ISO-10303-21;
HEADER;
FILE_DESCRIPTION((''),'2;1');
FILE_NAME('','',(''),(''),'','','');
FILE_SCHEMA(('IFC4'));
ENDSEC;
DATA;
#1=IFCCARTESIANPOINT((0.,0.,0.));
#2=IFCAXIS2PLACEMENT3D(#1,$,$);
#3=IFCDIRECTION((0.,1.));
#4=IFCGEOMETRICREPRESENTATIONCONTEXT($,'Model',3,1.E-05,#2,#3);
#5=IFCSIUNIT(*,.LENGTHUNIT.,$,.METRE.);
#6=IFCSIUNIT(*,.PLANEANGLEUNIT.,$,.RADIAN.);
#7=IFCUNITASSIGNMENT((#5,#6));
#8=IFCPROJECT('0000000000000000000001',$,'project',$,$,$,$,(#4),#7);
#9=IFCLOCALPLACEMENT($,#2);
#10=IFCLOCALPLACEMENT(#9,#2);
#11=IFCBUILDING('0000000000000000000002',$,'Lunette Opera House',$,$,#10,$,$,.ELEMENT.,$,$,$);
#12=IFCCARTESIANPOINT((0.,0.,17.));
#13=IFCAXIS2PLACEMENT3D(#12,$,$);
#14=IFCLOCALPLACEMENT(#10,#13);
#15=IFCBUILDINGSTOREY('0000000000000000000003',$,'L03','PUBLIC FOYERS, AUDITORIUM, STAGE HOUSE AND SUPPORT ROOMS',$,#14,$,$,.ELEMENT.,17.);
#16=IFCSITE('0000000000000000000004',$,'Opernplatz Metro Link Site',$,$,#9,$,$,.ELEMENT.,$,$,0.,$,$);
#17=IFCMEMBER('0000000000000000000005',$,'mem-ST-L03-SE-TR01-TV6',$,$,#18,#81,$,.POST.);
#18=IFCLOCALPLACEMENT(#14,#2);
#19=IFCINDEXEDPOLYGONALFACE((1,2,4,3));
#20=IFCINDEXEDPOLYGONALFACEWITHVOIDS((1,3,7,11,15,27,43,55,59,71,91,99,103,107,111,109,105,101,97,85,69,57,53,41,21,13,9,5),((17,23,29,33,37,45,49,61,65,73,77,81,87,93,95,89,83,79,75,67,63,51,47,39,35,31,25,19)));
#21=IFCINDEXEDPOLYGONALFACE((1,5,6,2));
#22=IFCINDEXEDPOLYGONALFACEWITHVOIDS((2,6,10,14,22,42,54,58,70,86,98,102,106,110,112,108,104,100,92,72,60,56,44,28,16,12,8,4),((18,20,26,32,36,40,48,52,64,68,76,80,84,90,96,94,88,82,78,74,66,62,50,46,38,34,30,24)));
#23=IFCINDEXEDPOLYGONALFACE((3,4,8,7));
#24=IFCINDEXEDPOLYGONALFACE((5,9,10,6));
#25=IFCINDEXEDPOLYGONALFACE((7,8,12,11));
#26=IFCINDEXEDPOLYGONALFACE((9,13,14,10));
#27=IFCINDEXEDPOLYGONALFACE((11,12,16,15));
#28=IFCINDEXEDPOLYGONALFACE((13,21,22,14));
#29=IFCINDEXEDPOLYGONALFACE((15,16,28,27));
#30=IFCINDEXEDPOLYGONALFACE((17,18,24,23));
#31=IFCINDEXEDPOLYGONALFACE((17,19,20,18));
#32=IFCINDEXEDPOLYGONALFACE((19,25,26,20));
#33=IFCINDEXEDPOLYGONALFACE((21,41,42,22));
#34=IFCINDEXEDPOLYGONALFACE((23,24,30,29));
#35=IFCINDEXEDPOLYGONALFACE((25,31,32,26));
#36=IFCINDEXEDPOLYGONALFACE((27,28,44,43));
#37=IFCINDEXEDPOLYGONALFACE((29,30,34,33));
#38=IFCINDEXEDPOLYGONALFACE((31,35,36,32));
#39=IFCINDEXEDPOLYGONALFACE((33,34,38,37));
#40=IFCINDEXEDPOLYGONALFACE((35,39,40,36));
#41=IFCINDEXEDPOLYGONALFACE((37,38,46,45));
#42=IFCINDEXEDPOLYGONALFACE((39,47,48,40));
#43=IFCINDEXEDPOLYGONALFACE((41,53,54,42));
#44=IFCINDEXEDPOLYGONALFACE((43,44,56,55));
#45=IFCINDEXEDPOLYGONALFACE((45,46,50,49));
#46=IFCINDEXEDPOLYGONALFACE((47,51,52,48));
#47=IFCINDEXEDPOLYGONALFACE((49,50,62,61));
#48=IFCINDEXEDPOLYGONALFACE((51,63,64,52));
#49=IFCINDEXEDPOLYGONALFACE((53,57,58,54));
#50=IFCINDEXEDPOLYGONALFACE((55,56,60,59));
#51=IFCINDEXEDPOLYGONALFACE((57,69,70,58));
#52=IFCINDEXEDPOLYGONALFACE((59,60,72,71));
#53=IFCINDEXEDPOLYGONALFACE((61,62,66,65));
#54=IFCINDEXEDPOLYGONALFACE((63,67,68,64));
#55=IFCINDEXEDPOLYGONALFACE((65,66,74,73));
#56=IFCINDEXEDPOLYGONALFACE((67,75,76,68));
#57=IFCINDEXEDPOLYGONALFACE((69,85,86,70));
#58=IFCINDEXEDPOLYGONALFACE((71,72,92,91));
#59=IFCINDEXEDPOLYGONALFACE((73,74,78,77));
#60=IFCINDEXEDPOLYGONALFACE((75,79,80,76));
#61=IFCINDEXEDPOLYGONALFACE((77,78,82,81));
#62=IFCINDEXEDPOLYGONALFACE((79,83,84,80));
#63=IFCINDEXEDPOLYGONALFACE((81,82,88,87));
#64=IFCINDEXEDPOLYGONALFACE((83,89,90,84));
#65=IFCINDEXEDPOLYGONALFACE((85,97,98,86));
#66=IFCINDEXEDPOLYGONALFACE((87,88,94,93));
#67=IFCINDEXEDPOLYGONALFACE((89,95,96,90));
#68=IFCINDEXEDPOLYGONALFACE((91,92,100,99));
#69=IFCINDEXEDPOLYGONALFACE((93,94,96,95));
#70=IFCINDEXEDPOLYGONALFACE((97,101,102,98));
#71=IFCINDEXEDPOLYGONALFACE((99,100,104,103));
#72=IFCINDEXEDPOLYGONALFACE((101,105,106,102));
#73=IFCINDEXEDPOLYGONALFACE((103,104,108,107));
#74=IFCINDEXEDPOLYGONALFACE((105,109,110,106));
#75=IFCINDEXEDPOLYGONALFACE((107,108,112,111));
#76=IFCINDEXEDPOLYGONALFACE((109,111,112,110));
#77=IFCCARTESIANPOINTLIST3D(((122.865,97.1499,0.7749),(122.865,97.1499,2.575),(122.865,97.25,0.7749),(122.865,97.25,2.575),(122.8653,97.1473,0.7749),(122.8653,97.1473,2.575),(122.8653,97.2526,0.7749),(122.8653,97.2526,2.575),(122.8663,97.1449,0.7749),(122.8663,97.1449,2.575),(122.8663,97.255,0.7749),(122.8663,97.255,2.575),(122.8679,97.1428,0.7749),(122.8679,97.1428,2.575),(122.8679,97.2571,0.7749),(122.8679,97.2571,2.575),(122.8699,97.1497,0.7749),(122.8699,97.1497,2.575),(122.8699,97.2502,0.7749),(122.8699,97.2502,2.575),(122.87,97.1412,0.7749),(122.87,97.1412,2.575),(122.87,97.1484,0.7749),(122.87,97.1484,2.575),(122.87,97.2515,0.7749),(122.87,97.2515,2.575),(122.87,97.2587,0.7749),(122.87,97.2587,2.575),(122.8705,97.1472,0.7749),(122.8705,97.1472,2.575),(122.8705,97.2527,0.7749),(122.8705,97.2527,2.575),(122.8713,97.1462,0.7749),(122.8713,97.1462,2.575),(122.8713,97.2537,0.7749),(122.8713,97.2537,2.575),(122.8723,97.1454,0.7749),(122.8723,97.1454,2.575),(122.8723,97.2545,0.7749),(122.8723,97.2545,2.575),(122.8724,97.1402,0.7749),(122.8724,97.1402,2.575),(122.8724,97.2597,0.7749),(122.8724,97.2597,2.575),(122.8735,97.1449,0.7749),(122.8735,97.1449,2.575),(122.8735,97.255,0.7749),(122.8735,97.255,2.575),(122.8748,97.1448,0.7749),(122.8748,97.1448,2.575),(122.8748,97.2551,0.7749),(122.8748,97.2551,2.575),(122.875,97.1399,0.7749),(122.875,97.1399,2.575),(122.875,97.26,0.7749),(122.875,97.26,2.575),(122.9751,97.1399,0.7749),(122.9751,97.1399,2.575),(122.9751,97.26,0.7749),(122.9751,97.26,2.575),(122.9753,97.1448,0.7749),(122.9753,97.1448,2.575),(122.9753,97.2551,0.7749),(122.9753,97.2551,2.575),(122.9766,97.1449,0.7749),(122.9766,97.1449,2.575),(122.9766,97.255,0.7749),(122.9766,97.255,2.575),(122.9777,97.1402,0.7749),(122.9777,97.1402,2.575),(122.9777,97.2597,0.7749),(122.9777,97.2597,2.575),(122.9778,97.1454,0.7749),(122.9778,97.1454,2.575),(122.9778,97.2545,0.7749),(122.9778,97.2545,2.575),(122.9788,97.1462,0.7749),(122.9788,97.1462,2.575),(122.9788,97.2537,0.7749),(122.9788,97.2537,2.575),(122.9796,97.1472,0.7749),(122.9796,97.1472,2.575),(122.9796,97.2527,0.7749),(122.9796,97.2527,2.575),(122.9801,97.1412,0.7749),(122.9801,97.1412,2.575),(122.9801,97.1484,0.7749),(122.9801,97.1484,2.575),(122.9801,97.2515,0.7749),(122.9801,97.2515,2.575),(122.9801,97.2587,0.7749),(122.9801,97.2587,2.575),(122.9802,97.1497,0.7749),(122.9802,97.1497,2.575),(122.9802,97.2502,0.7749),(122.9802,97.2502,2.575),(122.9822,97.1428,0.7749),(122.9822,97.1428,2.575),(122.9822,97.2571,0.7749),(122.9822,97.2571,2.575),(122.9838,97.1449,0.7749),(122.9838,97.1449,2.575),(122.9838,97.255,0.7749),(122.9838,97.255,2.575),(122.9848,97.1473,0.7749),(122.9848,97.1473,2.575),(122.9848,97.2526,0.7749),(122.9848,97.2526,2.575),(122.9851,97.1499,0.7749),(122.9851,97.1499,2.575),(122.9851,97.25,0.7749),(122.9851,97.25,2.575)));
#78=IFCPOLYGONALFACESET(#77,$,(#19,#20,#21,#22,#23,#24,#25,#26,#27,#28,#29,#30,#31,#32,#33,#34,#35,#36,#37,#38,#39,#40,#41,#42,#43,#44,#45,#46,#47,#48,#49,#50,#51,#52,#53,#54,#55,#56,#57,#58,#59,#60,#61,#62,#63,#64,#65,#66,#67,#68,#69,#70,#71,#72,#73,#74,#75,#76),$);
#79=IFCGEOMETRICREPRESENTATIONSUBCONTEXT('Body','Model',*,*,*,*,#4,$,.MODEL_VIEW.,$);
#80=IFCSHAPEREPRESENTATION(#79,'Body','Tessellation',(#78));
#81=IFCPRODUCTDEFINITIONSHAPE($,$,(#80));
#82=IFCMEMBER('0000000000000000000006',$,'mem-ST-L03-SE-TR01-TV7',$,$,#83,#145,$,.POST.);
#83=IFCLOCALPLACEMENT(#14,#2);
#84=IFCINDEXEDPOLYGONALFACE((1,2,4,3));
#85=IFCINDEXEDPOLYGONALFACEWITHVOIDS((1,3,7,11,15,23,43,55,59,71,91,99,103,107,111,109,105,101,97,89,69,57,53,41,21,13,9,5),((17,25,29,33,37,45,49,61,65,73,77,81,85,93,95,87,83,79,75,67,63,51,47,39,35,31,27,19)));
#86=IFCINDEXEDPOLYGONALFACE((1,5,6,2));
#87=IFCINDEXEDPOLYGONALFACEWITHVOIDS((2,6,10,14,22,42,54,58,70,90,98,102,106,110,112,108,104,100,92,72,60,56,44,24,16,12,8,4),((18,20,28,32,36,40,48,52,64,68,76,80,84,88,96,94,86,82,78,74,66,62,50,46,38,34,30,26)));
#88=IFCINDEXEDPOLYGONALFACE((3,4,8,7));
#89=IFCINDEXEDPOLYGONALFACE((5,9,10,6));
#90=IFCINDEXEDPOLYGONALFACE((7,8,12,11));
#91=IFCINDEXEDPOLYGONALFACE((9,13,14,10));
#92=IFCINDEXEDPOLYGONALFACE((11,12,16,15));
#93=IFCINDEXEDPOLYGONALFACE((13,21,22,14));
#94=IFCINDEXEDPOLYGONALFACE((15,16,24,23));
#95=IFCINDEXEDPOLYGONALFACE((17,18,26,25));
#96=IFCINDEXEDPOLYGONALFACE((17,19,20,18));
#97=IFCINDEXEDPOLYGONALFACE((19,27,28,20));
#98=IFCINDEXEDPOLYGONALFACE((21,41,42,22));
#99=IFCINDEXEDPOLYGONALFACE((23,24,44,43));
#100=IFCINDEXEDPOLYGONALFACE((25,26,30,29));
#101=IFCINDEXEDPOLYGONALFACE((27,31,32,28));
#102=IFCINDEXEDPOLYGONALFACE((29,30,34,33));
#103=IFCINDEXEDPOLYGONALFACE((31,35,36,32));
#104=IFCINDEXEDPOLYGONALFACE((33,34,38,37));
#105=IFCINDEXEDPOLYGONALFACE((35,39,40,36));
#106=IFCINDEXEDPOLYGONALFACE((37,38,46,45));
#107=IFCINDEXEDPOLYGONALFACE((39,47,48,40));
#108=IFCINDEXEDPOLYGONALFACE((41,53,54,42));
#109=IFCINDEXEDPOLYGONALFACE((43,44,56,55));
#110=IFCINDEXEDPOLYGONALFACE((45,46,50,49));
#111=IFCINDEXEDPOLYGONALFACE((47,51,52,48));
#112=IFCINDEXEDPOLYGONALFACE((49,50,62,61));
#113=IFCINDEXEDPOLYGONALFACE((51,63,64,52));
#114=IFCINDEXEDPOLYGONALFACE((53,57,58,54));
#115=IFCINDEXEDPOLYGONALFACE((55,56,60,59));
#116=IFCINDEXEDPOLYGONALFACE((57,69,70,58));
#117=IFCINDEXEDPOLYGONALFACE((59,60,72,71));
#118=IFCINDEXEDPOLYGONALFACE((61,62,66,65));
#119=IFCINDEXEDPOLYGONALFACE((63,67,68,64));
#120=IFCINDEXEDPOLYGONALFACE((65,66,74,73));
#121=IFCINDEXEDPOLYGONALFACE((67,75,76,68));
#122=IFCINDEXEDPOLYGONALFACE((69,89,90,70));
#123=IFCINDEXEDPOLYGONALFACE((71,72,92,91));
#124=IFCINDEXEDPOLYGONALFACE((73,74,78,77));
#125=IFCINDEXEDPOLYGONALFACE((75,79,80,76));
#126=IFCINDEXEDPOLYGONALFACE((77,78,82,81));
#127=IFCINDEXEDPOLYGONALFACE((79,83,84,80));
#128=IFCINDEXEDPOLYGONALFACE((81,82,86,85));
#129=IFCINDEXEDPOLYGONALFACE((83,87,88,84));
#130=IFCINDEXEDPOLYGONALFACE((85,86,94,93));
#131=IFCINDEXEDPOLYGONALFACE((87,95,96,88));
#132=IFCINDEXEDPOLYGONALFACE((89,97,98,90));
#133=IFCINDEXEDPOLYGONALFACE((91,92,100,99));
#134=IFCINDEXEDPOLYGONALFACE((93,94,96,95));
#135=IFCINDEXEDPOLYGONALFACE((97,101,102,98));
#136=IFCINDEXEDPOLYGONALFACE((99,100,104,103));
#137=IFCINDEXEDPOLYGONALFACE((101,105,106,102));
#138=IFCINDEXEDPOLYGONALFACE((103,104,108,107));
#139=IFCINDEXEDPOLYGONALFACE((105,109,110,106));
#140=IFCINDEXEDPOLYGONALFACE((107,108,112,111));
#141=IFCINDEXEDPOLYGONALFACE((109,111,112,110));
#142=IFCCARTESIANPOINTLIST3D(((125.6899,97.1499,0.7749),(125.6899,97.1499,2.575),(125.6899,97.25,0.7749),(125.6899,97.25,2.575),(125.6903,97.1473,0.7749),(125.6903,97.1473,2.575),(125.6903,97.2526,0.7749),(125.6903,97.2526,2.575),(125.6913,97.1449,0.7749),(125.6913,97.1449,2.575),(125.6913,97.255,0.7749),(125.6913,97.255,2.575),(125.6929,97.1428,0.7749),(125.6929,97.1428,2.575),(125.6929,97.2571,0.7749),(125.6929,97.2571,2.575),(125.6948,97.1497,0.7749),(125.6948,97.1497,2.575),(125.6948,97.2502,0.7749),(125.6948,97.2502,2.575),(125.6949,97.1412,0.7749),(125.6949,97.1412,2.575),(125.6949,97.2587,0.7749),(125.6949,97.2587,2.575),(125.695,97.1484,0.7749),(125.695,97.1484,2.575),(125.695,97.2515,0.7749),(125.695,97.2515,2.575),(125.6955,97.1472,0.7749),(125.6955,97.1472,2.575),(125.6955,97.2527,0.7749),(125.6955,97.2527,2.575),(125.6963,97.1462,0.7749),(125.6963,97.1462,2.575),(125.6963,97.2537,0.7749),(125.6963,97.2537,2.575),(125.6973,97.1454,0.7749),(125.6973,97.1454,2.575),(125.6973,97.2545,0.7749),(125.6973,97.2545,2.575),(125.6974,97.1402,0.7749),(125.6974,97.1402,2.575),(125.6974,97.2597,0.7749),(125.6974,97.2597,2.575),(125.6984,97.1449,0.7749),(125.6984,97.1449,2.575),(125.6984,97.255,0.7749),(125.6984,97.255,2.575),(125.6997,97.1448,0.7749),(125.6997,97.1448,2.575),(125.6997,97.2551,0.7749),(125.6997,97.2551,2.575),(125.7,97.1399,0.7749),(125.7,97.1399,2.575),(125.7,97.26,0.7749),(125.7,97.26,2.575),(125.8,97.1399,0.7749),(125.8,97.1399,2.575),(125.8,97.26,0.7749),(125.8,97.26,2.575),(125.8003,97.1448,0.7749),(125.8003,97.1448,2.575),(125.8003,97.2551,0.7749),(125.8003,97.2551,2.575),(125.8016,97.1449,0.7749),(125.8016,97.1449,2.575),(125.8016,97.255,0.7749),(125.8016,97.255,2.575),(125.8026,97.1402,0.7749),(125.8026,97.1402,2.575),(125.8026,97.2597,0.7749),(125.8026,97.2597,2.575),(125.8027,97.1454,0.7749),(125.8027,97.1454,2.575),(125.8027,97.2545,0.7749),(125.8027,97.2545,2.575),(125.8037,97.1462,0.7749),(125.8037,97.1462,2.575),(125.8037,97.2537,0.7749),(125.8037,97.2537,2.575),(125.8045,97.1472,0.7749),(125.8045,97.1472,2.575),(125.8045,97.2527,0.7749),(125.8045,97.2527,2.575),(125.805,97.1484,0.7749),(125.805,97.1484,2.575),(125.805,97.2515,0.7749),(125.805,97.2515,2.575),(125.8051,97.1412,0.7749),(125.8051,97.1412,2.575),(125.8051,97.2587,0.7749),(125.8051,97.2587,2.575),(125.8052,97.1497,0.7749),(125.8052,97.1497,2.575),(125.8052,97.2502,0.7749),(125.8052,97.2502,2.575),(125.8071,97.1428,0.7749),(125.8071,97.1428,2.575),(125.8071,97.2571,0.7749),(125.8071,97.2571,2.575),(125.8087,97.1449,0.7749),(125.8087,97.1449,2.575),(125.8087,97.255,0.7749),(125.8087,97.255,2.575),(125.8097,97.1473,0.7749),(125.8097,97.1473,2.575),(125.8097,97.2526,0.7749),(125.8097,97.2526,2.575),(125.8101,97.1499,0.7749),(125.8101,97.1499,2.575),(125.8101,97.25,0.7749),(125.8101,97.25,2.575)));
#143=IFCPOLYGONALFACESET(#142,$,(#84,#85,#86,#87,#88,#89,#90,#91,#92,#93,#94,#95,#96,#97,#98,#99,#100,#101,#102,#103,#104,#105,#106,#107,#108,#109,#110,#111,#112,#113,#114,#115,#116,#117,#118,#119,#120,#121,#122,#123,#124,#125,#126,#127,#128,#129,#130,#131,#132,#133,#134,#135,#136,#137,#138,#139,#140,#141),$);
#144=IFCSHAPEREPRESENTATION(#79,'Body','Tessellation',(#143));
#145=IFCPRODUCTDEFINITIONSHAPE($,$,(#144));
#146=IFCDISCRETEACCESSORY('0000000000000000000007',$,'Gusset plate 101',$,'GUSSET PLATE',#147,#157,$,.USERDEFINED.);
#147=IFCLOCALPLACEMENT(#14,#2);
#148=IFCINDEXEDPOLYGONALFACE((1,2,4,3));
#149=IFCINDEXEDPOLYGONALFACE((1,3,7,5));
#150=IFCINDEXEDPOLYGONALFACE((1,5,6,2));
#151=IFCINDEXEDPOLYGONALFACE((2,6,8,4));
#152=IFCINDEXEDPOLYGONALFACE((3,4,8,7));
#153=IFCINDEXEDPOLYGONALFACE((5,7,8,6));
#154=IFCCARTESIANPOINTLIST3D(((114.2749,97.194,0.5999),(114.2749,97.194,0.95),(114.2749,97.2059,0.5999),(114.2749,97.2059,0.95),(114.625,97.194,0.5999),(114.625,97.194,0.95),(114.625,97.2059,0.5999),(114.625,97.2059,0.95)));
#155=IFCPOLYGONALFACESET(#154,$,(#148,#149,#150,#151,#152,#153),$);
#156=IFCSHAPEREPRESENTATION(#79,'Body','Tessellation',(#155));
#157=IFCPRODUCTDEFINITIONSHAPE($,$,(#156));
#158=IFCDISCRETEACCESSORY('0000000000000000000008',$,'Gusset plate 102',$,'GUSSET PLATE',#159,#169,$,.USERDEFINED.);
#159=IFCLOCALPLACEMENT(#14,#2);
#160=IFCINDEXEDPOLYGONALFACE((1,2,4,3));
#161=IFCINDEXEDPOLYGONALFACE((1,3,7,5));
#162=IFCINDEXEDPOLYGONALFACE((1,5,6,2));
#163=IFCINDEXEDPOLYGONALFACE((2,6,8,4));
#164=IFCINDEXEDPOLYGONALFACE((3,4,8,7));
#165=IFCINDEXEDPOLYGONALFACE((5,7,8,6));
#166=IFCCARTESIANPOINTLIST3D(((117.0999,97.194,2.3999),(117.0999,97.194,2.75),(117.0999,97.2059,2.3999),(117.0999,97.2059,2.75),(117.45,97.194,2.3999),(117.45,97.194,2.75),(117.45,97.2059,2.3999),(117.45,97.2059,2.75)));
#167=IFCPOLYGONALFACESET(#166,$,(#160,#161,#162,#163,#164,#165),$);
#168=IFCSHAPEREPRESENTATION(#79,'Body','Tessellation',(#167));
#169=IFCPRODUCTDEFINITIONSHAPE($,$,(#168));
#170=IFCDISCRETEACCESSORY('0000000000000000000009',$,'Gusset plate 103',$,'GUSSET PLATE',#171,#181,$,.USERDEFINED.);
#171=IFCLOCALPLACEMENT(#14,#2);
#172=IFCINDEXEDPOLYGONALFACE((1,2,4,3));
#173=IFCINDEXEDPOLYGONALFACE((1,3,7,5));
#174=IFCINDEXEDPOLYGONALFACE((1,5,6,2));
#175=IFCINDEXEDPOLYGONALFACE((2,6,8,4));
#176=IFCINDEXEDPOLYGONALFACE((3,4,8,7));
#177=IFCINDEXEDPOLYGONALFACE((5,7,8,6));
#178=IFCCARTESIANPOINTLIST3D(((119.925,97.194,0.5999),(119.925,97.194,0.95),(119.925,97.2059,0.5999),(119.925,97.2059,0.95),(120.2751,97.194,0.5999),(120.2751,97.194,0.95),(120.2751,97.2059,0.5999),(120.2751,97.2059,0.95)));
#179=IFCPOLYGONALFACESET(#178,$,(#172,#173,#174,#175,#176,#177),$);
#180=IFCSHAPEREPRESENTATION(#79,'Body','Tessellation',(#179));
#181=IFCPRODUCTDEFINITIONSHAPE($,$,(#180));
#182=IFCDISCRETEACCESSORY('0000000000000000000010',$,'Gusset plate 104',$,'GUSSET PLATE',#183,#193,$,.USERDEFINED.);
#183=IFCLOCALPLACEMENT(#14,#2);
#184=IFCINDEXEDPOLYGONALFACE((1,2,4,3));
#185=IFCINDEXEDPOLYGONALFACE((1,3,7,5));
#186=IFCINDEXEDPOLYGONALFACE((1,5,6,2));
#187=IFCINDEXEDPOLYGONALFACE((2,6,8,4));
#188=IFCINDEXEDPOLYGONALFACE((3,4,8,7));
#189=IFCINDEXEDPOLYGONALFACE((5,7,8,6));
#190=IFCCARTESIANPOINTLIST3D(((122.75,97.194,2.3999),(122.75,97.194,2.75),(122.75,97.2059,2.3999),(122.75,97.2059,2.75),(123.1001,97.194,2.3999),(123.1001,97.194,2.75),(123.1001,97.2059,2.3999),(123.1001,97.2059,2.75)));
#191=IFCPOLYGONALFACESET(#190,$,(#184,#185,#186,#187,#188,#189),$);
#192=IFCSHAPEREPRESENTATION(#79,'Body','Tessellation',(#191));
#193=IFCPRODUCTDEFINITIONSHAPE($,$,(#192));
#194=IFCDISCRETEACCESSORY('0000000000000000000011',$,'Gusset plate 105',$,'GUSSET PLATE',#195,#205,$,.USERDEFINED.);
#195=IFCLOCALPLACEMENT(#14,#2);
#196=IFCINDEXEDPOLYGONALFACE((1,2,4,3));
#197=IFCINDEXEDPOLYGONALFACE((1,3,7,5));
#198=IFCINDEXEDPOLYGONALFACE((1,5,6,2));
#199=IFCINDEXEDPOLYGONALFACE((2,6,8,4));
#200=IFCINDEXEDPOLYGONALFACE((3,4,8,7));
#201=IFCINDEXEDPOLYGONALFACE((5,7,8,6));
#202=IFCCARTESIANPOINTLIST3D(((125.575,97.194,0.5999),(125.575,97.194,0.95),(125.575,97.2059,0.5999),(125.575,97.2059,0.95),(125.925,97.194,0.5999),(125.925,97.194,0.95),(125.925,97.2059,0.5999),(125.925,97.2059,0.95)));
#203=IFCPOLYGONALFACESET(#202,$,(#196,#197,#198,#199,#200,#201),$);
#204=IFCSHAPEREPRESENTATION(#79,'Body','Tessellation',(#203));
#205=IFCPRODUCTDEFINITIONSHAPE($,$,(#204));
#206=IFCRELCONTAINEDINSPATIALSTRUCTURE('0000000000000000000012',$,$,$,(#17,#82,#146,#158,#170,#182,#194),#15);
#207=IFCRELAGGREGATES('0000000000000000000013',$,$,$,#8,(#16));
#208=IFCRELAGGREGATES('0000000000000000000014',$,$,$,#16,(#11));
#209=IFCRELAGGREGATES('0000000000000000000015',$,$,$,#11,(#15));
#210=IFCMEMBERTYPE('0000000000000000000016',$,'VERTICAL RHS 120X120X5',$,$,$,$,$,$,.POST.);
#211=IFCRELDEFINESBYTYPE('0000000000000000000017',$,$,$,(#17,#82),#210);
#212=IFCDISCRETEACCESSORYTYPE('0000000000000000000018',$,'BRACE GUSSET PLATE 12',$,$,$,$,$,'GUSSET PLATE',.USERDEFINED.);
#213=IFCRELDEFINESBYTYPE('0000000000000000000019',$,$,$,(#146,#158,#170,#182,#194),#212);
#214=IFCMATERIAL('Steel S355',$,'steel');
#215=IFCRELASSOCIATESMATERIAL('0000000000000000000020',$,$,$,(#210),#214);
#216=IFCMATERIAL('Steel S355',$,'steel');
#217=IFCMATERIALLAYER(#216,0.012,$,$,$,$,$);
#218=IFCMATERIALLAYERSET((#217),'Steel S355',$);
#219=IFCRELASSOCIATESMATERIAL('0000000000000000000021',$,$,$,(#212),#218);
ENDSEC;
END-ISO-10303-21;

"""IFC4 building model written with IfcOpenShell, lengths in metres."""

from ifc_helpers import new_model, si_unit, direction, frame, origin, origin_2d, place, context, subcontext, project, spatial, rectangle, hollow_rectangle, extrude, material, layer, layer_set, material_profile, profile_set, type_object, element, save


model = new_model("IFC4")

# Units and contexts
model_context = context("Model", 3, precision=1e-05, world=origin(), true_north=direction((0.0, 1.0)))
body_context = subcontext(model_context, "Body", "Model", "MODEL_VIEW")
ifc_project = project(units=[si_unit("LENGTHUNIT", "METRE"), si_unit("PLANEANGLEUNIT", "RADIAN")], contexts=[model_context])

# Site, building, storey
site_placement = place(None, origin())
site = spatial("IfcSite", under=ifc_project, at=site_placement, Name="Opernplatz Metro Link Site", CompositionType="ELEMENT", RefElevation=0.0)
building_placement = place(site_placement, origin())
building = spatial("IfcBuilding", under=site, at=building_placement, Name="Lunette Opera House", CompositionType="ELEMENT")
storey_placement = place(building_placement, frame((0.0, 0.0, 17.0)))
storey = spatial("IfcBuildingStorey", under=building, at=storey_placement, Name="L03", Description="PUBLIC FOYERS, AUDITORIUM, STAGE HOUSE AND SUPPORT ROOMS", CompositionType="ELEMENT", Elevation=17.0)

# Members
ifc_material_1 = material(Name="Steel S355", Category="steel")
ifc_material_profile_1 = material_profile(ifc_material_1, hollow_rectangle(XDim=0.1201, YDim=0.1201, WallThickness=0.0049, InnerFilletRadius=0.0049, OuterFilletRadius=0.01, at=origin_2d()), Name="RHS 120X120X5")
ifc_profile_set_1 = profile_set([ifc_material_profile_1], Name="Steel S355")
member_type_1 = type_object("IfcMemberType", Name="VERTICAL RHS 120X120X5", PredefinedType="POST", material=ifc_profile_set_1)
for number, where, z_axis, x_axis, name in (
    (1, (122.925, 97.2, 0.7749), (0.0, 0.0, 1.0), (1.0, 0.0, 0.0), "mem-ST-L03-SE-TR01-TV6"),
    (2, (125.75, 97.2, 0.7749), (0.0, 0.0, 1.0), (1.0, 0.0, 0.0), "mem-ST-L03-SE-TR01-TV7"),
):
    element("IfcMember", number, at=place(storey_placement, frame(where, z_axis=z_axis, x_axis=x_axis)), inside=storey, type_object=member_type_1, Name=name, PredefinedType="POST", context=body_context, shape_type="SweptSolid", body=[
        extrude(hollow_rectangle(XDim=0.1201, YDim=0.1201, WallThickness=0.0049, InnerFilletRadius=0.0049, OuterFilletRadius=0.01, at=origin_2d()), origin(), (0.0, 0.0, 1.0), 1.8),
    ])

# Discrete accessories
ifc_material_2 = material(Name="Steel S355", Category="steel")
ifc_layer = layer(ifc_material_2, 0.012)
ifc_layer_set = layer_set([ifc_layer], Name="Steel S355")
discrete_accessory_type = type_object("IfcDiscreteAccessoryType", Name="BRACE GUSSET PLATE 12", ElementType="GUSSET PLATE", PredefinedType="USERDEFINED", material=ifc_layer_set)
for number, where, z_axis, x_axis, name in (
    (3, (114.45, 97.2, 0.5999), (0.0, 0.0, 1.0), (1.0, 0.0, 0.0), "Gusset plate 101"),
    (4, (117.2749, 97.2, 2.3999), (0.0, 0.0, 1.0), (1.0, 0.0, 0.0), "Gusset plate 102"),
    (5, (120.1001, 97.2, 0.5999), (0.0, 0.0, 1.0), (1.0, 0.0, 0.0), "Gusset plate 103"),
    (6, (122.925, 97.2, 2.3999), (0.0, 0.0, 1.0), (1.0, 0.0, 0.0), "Gusset plate 104"),
    (7, (125.75, 97.2, 0.5999), (0.0, 0.0, 1.0), (1.0, 0.0, 0.0), "Gusset plate 105"),
):
    element("IfcDiscreteAccessory", number, at=place(storey_placement, frame(where, z_axis=z_axis, x_axis=x_axis)), inside=storey, type_object=discrete_accessory_type, Name=name, ObjectType="GUSSET PLATE", PredefinedType="USERDEFINED", context=body_context, shape_type="SweptSolid", body=[
        extrude(rectangle(XDim=0.3501, YDim=0.012, at=origin_2d()), origin(), (0.0, 0.0, 1.0), 0.3501),
    ])

save(model, "model.ifc")
